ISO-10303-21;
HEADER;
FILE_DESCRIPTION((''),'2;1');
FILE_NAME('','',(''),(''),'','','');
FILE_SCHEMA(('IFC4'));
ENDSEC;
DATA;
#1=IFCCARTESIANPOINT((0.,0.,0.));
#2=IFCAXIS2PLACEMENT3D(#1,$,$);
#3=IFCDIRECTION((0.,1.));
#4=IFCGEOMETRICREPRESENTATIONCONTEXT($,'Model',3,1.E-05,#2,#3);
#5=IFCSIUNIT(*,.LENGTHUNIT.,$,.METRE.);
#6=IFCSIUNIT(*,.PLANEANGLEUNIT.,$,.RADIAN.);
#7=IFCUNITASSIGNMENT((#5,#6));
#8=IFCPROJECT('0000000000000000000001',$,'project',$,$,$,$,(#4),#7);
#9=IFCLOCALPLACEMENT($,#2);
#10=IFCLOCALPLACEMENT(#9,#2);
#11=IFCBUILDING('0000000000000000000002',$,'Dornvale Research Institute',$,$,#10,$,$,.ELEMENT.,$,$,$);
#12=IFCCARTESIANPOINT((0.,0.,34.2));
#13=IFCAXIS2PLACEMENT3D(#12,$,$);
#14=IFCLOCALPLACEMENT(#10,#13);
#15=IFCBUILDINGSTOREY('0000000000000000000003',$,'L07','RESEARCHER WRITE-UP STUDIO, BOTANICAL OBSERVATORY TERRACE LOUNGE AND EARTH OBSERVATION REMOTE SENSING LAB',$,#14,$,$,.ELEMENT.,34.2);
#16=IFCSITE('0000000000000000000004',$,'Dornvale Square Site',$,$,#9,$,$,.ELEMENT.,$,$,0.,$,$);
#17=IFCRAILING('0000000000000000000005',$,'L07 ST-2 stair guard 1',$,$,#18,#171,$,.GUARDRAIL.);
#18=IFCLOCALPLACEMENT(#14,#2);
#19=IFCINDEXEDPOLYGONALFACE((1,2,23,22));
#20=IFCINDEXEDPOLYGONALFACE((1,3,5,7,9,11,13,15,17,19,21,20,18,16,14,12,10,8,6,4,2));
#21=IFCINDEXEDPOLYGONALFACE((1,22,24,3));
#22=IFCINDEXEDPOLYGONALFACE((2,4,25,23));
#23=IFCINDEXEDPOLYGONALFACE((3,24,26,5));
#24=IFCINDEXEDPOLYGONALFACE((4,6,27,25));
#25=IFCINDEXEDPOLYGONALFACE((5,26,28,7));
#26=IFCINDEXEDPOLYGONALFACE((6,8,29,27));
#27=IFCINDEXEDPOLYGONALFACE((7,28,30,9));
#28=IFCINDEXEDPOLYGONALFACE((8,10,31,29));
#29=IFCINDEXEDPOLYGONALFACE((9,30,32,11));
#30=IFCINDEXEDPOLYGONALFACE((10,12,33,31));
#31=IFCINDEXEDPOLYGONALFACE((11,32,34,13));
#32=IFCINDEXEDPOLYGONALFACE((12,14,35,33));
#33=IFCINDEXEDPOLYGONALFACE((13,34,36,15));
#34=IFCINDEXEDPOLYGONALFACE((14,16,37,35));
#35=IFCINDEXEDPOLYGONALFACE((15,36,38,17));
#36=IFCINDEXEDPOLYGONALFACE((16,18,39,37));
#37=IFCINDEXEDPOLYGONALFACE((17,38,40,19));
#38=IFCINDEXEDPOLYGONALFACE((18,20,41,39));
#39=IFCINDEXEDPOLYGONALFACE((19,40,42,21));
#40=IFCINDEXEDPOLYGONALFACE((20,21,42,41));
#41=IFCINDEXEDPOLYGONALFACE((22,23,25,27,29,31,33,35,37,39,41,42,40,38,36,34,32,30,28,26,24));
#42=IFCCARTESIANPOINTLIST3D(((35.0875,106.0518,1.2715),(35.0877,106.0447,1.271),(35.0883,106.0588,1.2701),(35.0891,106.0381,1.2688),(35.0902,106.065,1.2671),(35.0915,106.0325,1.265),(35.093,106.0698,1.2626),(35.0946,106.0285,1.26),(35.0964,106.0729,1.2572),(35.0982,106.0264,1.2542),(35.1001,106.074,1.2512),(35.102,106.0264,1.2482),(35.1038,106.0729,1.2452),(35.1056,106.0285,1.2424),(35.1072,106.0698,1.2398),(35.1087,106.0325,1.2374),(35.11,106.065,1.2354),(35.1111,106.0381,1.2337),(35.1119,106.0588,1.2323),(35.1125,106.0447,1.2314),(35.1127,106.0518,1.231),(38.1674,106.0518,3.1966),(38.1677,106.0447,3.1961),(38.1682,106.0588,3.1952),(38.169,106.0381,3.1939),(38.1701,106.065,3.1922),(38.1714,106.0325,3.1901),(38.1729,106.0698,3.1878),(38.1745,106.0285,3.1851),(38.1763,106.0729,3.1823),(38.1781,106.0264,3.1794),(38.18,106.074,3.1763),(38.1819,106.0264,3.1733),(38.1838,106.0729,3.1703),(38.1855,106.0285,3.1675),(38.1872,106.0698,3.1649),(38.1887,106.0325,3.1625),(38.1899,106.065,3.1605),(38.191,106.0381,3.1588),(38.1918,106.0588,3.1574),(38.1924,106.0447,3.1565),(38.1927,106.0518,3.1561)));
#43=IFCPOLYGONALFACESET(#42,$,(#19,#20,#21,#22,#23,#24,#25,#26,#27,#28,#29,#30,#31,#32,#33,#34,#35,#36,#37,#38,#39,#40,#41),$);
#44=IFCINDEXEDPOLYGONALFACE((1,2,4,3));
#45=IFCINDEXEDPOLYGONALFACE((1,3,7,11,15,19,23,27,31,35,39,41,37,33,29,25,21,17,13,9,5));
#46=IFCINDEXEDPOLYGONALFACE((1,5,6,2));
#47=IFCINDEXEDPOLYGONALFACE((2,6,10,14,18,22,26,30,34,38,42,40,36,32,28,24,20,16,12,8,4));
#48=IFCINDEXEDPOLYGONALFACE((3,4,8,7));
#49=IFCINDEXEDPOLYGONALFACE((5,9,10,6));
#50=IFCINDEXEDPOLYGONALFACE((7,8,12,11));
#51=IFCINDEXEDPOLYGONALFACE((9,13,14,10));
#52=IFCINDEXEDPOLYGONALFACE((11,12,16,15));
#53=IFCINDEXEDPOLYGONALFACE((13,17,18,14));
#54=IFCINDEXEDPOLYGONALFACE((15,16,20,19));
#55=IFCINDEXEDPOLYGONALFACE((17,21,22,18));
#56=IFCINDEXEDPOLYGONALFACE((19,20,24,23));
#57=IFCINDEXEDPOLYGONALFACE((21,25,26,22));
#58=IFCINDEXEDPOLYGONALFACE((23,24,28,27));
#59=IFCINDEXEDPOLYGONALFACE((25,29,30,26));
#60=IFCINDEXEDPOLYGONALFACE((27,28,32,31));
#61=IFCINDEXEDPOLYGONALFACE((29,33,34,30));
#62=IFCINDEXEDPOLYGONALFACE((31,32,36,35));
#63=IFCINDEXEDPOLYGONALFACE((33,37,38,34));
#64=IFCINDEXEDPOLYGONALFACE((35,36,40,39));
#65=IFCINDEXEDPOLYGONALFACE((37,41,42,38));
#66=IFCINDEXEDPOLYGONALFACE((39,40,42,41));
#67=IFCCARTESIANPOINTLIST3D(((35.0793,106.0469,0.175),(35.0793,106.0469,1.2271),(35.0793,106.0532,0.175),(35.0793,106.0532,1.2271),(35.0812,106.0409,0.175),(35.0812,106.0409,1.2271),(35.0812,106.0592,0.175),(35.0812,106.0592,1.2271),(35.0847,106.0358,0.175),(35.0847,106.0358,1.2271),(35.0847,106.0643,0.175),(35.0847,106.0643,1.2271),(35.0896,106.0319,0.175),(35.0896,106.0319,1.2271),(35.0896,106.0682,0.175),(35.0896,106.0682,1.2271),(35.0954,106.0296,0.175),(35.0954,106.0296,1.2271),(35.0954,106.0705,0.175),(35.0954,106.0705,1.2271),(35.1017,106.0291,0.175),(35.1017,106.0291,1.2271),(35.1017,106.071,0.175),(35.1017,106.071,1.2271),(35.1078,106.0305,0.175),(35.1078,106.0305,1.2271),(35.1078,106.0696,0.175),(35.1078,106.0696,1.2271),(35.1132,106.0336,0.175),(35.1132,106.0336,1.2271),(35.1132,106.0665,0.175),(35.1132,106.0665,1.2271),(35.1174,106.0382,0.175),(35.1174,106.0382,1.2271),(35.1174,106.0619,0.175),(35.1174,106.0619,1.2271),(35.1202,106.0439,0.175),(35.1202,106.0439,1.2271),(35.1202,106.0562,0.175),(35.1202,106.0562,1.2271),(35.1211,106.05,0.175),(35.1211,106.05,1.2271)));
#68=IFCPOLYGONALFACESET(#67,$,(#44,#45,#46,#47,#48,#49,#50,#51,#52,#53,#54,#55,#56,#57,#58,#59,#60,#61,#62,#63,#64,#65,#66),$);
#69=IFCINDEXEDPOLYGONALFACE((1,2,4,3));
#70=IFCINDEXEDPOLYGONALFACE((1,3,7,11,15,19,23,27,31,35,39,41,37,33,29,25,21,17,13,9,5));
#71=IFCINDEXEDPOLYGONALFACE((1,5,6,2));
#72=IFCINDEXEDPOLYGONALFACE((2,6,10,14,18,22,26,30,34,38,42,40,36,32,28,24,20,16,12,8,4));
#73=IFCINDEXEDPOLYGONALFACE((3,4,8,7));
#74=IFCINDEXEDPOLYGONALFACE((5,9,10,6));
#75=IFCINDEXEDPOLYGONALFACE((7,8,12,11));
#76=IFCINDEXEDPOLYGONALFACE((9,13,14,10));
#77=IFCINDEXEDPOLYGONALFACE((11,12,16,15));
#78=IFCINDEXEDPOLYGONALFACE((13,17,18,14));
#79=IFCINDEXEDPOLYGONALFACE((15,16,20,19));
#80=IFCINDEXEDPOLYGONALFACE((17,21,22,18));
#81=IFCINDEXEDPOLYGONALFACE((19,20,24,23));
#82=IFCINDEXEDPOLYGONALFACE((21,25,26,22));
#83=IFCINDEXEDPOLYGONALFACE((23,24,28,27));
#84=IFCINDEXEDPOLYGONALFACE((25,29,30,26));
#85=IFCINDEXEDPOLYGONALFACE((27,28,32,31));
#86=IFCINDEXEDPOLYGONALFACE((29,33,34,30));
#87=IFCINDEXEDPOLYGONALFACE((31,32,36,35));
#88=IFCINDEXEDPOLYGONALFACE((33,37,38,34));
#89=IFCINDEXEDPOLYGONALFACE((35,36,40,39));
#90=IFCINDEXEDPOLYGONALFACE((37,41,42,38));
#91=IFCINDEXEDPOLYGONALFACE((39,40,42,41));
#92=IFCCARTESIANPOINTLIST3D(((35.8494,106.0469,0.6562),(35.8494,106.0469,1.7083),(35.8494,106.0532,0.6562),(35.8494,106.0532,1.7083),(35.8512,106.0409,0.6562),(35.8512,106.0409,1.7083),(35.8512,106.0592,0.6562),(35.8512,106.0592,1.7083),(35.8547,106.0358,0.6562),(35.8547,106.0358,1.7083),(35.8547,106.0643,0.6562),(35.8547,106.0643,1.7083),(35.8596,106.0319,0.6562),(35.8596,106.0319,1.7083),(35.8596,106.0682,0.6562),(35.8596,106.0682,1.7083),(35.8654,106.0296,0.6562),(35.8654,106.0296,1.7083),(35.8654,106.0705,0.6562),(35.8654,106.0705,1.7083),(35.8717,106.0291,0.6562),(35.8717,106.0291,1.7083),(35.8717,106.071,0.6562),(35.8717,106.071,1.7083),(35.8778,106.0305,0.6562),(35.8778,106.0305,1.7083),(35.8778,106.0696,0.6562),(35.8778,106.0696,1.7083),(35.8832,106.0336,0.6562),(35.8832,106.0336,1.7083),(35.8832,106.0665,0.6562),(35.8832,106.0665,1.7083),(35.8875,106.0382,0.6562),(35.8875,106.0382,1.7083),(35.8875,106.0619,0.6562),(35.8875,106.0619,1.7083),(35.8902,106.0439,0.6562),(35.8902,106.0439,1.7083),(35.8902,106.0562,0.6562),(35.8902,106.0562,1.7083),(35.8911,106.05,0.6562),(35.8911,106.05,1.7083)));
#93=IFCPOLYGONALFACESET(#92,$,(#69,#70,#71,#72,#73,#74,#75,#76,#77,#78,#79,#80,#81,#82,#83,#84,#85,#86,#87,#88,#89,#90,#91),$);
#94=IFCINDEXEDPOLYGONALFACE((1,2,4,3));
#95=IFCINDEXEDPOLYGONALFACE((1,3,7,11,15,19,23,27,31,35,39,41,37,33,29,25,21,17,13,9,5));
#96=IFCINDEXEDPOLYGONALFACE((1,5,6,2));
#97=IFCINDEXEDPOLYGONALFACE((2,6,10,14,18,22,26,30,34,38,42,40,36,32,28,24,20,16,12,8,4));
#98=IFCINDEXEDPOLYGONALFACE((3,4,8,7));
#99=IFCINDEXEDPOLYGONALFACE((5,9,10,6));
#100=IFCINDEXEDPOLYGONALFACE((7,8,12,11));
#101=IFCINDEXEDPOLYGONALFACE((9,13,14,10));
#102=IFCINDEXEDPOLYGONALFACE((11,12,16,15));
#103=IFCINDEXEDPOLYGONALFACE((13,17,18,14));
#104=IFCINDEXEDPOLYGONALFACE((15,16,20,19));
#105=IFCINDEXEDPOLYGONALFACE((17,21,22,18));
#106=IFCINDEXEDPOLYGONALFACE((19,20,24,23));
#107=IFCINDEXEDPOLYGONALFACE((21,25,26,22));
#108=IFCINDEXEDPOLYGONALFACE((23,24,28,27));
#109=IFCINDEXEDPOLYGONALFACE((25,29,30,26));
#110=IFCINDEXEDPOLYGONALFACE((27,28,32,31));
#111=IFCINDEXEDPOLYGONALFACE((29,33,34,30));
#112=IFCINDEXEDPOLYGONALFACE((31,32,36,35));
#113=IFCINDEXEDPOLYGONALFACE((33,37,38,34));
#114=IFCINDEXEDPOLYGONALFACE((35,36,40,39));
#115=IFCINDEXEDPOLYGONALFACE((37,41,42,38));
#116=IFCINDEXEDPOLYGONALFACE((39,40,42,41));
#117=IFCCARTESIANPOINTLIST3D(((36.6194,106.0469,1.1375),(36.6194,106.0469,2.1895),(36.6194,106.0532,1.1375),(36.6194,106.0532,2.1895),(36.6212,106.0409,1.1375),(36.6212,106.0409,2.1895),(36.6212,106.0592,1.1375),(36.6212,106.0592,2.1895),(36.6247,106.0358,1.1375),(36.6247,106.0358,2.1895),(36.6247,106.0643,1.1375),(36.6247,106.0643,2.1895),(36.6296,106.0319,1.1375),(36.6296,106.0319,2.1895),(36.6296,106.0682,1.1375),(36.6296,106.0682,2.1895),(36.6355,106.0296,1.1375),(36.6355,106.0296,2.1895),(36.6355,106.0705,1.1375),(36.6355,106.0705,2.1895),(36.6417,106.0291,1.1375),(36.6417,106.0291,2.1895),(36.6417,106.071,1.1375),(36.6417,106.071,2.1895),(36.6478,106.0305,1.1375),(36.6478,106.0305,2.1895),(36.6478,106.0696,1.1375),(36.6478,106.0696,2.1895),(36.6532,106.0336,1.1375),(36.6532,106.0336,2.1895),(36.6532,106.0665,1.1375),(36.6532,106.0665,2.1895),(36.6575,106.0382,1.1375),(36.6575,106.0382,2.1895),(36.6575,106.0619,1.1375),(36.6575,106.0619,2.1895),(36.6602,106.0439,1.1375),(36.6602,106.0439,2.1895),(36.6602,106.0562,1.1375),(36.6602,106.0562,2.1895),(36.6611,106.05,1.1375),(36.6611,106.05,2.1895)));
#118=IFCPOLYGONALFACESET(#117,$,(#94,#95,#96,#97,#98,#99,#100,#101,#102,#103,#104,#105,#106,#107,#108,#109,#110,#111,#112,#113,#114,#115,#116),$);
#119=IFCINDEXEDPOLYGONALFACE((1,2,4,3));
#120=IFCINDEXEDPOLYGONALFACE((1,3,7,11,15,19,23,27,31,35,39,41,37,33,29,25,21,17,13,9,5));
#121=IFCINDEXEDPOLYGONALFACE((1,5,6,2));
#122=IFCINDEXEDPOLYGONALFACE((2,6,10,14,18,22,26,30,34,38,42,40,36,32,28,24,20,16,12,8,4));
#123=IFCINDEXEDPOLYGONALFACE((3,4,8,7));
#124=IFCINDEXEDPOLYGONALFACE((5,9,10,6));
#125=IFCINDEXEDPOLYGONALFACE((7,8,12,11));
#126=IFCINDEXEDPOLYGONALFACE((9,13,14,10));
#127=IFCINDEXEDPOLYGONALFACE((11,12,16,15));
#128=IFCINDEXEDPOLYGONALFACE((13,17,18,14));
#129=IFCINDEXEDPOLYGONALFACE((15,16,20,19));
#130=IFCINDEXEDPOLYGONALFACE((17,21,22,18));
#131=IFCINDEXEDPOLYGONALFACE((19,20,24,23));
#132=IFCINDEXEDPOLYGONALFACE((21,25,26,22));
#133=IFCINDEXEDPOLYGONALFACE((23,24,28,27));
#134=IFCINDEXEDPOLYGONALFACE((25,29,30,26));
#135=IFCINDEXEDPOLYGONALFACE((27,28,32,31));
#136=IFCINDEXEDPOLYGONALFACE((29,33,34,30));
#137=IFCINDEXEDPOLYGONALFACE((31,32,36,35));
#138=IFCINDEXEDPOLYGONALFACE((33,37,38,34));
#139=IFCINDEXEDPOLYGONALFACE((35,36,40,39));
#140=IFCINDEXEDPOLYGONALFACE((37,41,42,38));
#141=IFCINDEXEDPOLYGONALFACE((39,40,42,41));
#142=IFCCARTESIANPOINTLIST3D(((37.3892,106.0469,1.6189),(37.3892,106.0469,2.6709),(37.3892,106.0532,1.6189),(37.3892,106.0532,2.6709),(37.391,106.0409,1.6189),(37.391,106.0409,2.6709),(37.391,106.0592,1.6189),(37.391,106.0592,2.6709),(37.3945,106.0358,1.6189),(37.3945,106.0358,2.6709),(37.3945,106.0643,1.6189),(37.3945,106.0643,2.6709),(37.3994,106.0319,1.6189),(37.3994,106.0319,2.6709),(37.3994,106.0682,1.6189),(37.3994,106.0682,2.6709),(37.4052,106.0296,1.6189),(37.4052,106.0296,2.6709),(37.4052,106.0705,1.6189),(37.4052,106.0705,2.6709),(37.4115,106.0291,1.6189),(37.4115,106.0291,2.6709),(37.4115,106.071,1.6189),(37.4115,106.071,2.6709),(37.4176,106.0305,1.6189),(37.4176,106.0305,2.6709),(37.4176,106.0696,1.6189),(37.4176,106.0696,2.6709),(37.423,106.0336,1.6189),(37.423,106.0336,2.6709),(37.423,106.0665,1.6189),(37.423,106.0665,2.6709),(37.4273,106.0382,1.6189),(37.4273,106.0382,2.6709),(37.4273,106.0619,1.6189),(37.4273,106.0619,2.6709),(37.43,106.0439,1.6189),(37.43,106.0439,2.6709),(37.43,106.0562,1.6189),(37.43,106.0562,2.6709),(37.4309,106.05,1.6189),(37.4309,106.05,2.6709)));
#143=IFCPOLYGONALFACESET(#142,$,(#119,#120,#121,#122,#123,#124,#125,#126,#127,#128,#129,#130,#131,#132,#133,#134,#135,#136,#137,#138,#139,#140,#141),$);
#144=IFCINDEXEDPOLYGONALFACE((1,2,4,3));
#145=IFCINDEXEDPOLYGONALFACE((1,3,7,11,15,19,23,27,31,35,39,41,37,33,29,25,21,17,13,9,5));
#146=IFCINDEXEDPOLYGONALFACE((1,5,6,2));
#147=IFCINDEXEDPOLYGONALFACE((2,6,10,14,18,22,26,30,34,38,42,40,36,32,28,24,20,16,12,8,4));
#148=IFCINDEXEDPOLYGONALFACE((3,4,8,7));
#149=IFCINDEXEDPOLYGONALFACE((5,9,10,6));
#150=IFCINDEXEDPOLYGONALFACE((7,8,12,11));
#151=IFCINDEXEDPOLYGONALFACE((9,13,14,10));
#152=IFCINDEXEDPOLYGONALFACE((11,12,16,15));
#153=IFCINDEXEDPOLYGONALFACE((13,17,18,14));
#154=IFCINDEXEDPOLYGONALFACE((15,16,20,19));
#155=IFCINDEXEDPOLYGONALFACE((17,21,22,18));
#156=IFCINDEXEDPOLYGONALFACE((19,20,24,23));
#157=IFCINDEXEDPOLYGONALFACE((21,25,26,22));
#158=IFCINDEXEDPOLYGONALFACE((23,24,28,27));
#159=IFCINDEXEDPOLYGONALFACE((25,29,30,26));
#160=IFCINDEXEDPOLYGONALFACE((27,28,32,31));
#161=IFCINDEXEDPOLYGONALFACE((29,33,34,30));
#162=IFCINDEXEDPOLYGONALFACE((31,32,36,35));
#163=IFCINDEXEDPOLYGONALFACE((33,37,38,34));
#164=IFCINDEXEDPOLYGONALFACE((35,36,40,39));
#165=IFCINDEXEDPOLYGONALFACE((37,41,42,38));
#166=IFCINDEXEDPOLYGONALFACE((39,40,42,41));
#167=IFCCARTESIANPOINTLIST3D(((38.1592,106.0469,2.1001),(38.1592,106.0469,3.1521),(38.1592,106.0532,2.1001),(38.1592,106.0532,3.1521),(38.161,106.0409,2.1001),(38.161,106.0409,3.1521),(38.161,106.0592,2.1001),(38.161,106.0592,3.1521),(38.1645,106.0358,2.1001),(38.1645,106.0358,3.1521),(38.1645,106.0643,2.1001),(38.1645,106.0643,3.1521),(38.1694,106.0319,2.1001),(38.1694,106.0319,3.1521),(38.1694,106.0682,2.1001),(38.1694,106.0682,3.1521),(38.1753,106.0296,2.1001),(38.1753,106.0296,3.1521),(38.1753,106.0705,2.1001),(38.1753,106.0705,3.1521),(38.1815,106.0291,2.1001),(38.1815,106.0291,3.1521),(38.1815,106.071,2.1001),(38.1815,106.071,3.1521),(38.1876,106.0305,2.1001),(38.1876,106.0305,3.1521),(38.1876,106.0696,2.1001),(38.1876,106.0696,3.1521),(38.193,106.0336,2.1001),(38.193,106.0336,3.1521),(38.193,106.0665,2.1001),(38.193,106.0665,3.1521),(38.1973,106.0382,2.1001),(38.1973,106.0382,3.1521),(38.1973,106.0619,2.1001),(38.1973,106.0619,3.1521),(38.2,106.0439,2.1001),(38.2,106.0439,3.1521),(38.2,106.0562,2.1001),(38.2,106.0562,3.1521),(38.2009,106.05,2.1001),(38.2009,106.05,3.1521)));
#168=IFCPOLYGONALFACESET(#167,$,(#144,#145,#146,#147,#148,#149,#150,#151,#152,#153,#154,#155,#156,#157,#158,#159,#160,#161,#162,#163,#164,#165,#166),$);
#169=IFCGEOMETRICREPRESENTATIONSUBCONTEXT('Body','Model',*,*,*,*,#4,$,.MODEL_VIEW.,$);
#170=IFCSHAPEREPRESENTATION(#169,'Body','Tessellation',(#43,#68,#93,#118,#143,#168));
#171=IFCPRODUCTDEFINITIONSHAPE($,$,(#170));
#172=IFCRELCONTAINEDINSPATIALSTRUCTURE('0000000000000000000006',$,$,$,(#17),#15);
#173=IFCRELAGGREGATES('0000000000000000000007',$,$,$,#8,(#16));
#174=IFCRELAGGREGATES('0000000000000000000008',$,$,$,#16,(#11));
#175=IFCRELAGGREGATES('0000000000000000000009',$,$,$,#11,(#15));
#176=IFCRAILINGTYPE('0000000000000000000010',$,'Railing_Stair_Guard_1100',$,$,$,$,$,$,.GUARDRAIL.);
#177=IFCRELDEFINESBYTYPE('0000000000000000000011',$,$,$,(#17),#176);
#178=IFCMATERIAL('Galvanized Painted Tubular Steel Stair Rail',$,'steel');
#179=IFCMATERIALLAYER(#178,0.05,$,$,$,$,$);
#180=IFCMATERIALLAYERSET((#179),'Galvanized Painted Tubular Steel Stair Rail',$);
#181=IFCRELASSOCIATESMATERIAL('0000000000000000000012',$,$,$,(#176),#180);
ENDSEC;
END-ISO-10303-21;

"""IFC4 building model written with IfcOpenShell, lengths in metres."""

from ifc_helpers import new_model, si_unit, direction, frame, origin, origin_2d, place, context, subcontext, project, spatial, circle, extrude, material, layer, layer_set, type_object, element, save


model = new_model("IFC4")

# Units and contexts
model_context = context("Model", 3, precision=1e-05, world=origin(), true_north=direction((0.0, 1.0)))
body_context = subcontext(model_context, "Body", "Model", "MODEL_VIEW")
ifc_project = project(units=[si_unit("LENGTHUNIT", "METRE"), si_unit("PLANEANGLEUNIT", "RADIAN")], contexts=[model_context])

# Site, building, storey
site_placement = place(None, origin())
site = spatial("IfcSite", under=ifc_project, at=site_placement, Name="Dornvale Square Site", CompositionType="ELEMENT", RefElevation=0.0)
building_placement = place(site_placement, origin())
building = spatial("IfcBuilding", under=site, at=building_placement, Name="Dornvale Research Institute", CompositionType="ELEMENT")
storey_placement = place(building_placement, frame((0.0, 0.0, 34.2)))
storey = spatial("IfcBuildingStorey", under=building, at=storey_placement, Name="L07", Description="RESEARCHER WRITE-UP STUDIO, BOTANICAL OBSERVATORY TERRACE LOUNGE AND EARTH OBSERVATION REMOTE SENSING LAB", CompositionType="ELEMENT", Elevation=34.2)

# Railing
ifc_material_1 = material(Name="Galvanized Painted Tubular Steel Stair Rail", Category="steel")
ifc_layer_1 = layer(ifc_material_1, 0.05)
ifc_layer_set_1 = layer_set([ifc_layer_1], Name="Galvanized Painted Tubular Steel Stair Rail")
railing_type_1 = type_object("IfcRailingType", Name="Railing_Stair_Guard_1100", PredefinedType="GUARDRAIL", material=ifc_layer_set_1)
railing_1_placement = place(storey_placement, frame((35.1001, 106.05, 0.175)))
element("IfcRailing", 1, at=railing_1_placement, inside=storey, type_object=railing_type_1, Name="L07 ST-2 stair guard 1", PredefinedType="GUARDRAIL", context=body_context, shape_type="SweptSolid", body=[
    extrude(circle(Radius=0.0239, at=origin_2d()), frame((0.0, 0.0, 1.0762), z_axis=(0.847979, 0.0, 0.530029), x_axis=(0.0, 1.0, 0.0)), (0.0, 0.0, 1.0), 3.6321),
    extrude(circle(Radius=0.021, at=origin_2d()), origin(), (0.0, 0.0, 1.0), 1.052),
    extrude(circle(Radius=0.021, at=origin_2d()), frame((0.77, 0.0, 0.4812)), (0.0, 0.0, 1.0), 1.052),
    extrude(circle(Radius=0.021, at=origin_2d()), frame((1.54, 0.0, 0.9624)), (0.0, 0.0, 1.0), 1.052),
    extrude(circle(Radius=0.021, at=origin_2d()), frame((2.3098, 0.0, 1.4438)), (0.0, 0.0, 1.0), 1.052),
    extrude(circle(Radius=0.021, at=origin_2d()), frame((3.0798, 0.0, 1.925)), (0.0, 0.0, 1.0), 1.052),
])

save(model, "model.ifc")
